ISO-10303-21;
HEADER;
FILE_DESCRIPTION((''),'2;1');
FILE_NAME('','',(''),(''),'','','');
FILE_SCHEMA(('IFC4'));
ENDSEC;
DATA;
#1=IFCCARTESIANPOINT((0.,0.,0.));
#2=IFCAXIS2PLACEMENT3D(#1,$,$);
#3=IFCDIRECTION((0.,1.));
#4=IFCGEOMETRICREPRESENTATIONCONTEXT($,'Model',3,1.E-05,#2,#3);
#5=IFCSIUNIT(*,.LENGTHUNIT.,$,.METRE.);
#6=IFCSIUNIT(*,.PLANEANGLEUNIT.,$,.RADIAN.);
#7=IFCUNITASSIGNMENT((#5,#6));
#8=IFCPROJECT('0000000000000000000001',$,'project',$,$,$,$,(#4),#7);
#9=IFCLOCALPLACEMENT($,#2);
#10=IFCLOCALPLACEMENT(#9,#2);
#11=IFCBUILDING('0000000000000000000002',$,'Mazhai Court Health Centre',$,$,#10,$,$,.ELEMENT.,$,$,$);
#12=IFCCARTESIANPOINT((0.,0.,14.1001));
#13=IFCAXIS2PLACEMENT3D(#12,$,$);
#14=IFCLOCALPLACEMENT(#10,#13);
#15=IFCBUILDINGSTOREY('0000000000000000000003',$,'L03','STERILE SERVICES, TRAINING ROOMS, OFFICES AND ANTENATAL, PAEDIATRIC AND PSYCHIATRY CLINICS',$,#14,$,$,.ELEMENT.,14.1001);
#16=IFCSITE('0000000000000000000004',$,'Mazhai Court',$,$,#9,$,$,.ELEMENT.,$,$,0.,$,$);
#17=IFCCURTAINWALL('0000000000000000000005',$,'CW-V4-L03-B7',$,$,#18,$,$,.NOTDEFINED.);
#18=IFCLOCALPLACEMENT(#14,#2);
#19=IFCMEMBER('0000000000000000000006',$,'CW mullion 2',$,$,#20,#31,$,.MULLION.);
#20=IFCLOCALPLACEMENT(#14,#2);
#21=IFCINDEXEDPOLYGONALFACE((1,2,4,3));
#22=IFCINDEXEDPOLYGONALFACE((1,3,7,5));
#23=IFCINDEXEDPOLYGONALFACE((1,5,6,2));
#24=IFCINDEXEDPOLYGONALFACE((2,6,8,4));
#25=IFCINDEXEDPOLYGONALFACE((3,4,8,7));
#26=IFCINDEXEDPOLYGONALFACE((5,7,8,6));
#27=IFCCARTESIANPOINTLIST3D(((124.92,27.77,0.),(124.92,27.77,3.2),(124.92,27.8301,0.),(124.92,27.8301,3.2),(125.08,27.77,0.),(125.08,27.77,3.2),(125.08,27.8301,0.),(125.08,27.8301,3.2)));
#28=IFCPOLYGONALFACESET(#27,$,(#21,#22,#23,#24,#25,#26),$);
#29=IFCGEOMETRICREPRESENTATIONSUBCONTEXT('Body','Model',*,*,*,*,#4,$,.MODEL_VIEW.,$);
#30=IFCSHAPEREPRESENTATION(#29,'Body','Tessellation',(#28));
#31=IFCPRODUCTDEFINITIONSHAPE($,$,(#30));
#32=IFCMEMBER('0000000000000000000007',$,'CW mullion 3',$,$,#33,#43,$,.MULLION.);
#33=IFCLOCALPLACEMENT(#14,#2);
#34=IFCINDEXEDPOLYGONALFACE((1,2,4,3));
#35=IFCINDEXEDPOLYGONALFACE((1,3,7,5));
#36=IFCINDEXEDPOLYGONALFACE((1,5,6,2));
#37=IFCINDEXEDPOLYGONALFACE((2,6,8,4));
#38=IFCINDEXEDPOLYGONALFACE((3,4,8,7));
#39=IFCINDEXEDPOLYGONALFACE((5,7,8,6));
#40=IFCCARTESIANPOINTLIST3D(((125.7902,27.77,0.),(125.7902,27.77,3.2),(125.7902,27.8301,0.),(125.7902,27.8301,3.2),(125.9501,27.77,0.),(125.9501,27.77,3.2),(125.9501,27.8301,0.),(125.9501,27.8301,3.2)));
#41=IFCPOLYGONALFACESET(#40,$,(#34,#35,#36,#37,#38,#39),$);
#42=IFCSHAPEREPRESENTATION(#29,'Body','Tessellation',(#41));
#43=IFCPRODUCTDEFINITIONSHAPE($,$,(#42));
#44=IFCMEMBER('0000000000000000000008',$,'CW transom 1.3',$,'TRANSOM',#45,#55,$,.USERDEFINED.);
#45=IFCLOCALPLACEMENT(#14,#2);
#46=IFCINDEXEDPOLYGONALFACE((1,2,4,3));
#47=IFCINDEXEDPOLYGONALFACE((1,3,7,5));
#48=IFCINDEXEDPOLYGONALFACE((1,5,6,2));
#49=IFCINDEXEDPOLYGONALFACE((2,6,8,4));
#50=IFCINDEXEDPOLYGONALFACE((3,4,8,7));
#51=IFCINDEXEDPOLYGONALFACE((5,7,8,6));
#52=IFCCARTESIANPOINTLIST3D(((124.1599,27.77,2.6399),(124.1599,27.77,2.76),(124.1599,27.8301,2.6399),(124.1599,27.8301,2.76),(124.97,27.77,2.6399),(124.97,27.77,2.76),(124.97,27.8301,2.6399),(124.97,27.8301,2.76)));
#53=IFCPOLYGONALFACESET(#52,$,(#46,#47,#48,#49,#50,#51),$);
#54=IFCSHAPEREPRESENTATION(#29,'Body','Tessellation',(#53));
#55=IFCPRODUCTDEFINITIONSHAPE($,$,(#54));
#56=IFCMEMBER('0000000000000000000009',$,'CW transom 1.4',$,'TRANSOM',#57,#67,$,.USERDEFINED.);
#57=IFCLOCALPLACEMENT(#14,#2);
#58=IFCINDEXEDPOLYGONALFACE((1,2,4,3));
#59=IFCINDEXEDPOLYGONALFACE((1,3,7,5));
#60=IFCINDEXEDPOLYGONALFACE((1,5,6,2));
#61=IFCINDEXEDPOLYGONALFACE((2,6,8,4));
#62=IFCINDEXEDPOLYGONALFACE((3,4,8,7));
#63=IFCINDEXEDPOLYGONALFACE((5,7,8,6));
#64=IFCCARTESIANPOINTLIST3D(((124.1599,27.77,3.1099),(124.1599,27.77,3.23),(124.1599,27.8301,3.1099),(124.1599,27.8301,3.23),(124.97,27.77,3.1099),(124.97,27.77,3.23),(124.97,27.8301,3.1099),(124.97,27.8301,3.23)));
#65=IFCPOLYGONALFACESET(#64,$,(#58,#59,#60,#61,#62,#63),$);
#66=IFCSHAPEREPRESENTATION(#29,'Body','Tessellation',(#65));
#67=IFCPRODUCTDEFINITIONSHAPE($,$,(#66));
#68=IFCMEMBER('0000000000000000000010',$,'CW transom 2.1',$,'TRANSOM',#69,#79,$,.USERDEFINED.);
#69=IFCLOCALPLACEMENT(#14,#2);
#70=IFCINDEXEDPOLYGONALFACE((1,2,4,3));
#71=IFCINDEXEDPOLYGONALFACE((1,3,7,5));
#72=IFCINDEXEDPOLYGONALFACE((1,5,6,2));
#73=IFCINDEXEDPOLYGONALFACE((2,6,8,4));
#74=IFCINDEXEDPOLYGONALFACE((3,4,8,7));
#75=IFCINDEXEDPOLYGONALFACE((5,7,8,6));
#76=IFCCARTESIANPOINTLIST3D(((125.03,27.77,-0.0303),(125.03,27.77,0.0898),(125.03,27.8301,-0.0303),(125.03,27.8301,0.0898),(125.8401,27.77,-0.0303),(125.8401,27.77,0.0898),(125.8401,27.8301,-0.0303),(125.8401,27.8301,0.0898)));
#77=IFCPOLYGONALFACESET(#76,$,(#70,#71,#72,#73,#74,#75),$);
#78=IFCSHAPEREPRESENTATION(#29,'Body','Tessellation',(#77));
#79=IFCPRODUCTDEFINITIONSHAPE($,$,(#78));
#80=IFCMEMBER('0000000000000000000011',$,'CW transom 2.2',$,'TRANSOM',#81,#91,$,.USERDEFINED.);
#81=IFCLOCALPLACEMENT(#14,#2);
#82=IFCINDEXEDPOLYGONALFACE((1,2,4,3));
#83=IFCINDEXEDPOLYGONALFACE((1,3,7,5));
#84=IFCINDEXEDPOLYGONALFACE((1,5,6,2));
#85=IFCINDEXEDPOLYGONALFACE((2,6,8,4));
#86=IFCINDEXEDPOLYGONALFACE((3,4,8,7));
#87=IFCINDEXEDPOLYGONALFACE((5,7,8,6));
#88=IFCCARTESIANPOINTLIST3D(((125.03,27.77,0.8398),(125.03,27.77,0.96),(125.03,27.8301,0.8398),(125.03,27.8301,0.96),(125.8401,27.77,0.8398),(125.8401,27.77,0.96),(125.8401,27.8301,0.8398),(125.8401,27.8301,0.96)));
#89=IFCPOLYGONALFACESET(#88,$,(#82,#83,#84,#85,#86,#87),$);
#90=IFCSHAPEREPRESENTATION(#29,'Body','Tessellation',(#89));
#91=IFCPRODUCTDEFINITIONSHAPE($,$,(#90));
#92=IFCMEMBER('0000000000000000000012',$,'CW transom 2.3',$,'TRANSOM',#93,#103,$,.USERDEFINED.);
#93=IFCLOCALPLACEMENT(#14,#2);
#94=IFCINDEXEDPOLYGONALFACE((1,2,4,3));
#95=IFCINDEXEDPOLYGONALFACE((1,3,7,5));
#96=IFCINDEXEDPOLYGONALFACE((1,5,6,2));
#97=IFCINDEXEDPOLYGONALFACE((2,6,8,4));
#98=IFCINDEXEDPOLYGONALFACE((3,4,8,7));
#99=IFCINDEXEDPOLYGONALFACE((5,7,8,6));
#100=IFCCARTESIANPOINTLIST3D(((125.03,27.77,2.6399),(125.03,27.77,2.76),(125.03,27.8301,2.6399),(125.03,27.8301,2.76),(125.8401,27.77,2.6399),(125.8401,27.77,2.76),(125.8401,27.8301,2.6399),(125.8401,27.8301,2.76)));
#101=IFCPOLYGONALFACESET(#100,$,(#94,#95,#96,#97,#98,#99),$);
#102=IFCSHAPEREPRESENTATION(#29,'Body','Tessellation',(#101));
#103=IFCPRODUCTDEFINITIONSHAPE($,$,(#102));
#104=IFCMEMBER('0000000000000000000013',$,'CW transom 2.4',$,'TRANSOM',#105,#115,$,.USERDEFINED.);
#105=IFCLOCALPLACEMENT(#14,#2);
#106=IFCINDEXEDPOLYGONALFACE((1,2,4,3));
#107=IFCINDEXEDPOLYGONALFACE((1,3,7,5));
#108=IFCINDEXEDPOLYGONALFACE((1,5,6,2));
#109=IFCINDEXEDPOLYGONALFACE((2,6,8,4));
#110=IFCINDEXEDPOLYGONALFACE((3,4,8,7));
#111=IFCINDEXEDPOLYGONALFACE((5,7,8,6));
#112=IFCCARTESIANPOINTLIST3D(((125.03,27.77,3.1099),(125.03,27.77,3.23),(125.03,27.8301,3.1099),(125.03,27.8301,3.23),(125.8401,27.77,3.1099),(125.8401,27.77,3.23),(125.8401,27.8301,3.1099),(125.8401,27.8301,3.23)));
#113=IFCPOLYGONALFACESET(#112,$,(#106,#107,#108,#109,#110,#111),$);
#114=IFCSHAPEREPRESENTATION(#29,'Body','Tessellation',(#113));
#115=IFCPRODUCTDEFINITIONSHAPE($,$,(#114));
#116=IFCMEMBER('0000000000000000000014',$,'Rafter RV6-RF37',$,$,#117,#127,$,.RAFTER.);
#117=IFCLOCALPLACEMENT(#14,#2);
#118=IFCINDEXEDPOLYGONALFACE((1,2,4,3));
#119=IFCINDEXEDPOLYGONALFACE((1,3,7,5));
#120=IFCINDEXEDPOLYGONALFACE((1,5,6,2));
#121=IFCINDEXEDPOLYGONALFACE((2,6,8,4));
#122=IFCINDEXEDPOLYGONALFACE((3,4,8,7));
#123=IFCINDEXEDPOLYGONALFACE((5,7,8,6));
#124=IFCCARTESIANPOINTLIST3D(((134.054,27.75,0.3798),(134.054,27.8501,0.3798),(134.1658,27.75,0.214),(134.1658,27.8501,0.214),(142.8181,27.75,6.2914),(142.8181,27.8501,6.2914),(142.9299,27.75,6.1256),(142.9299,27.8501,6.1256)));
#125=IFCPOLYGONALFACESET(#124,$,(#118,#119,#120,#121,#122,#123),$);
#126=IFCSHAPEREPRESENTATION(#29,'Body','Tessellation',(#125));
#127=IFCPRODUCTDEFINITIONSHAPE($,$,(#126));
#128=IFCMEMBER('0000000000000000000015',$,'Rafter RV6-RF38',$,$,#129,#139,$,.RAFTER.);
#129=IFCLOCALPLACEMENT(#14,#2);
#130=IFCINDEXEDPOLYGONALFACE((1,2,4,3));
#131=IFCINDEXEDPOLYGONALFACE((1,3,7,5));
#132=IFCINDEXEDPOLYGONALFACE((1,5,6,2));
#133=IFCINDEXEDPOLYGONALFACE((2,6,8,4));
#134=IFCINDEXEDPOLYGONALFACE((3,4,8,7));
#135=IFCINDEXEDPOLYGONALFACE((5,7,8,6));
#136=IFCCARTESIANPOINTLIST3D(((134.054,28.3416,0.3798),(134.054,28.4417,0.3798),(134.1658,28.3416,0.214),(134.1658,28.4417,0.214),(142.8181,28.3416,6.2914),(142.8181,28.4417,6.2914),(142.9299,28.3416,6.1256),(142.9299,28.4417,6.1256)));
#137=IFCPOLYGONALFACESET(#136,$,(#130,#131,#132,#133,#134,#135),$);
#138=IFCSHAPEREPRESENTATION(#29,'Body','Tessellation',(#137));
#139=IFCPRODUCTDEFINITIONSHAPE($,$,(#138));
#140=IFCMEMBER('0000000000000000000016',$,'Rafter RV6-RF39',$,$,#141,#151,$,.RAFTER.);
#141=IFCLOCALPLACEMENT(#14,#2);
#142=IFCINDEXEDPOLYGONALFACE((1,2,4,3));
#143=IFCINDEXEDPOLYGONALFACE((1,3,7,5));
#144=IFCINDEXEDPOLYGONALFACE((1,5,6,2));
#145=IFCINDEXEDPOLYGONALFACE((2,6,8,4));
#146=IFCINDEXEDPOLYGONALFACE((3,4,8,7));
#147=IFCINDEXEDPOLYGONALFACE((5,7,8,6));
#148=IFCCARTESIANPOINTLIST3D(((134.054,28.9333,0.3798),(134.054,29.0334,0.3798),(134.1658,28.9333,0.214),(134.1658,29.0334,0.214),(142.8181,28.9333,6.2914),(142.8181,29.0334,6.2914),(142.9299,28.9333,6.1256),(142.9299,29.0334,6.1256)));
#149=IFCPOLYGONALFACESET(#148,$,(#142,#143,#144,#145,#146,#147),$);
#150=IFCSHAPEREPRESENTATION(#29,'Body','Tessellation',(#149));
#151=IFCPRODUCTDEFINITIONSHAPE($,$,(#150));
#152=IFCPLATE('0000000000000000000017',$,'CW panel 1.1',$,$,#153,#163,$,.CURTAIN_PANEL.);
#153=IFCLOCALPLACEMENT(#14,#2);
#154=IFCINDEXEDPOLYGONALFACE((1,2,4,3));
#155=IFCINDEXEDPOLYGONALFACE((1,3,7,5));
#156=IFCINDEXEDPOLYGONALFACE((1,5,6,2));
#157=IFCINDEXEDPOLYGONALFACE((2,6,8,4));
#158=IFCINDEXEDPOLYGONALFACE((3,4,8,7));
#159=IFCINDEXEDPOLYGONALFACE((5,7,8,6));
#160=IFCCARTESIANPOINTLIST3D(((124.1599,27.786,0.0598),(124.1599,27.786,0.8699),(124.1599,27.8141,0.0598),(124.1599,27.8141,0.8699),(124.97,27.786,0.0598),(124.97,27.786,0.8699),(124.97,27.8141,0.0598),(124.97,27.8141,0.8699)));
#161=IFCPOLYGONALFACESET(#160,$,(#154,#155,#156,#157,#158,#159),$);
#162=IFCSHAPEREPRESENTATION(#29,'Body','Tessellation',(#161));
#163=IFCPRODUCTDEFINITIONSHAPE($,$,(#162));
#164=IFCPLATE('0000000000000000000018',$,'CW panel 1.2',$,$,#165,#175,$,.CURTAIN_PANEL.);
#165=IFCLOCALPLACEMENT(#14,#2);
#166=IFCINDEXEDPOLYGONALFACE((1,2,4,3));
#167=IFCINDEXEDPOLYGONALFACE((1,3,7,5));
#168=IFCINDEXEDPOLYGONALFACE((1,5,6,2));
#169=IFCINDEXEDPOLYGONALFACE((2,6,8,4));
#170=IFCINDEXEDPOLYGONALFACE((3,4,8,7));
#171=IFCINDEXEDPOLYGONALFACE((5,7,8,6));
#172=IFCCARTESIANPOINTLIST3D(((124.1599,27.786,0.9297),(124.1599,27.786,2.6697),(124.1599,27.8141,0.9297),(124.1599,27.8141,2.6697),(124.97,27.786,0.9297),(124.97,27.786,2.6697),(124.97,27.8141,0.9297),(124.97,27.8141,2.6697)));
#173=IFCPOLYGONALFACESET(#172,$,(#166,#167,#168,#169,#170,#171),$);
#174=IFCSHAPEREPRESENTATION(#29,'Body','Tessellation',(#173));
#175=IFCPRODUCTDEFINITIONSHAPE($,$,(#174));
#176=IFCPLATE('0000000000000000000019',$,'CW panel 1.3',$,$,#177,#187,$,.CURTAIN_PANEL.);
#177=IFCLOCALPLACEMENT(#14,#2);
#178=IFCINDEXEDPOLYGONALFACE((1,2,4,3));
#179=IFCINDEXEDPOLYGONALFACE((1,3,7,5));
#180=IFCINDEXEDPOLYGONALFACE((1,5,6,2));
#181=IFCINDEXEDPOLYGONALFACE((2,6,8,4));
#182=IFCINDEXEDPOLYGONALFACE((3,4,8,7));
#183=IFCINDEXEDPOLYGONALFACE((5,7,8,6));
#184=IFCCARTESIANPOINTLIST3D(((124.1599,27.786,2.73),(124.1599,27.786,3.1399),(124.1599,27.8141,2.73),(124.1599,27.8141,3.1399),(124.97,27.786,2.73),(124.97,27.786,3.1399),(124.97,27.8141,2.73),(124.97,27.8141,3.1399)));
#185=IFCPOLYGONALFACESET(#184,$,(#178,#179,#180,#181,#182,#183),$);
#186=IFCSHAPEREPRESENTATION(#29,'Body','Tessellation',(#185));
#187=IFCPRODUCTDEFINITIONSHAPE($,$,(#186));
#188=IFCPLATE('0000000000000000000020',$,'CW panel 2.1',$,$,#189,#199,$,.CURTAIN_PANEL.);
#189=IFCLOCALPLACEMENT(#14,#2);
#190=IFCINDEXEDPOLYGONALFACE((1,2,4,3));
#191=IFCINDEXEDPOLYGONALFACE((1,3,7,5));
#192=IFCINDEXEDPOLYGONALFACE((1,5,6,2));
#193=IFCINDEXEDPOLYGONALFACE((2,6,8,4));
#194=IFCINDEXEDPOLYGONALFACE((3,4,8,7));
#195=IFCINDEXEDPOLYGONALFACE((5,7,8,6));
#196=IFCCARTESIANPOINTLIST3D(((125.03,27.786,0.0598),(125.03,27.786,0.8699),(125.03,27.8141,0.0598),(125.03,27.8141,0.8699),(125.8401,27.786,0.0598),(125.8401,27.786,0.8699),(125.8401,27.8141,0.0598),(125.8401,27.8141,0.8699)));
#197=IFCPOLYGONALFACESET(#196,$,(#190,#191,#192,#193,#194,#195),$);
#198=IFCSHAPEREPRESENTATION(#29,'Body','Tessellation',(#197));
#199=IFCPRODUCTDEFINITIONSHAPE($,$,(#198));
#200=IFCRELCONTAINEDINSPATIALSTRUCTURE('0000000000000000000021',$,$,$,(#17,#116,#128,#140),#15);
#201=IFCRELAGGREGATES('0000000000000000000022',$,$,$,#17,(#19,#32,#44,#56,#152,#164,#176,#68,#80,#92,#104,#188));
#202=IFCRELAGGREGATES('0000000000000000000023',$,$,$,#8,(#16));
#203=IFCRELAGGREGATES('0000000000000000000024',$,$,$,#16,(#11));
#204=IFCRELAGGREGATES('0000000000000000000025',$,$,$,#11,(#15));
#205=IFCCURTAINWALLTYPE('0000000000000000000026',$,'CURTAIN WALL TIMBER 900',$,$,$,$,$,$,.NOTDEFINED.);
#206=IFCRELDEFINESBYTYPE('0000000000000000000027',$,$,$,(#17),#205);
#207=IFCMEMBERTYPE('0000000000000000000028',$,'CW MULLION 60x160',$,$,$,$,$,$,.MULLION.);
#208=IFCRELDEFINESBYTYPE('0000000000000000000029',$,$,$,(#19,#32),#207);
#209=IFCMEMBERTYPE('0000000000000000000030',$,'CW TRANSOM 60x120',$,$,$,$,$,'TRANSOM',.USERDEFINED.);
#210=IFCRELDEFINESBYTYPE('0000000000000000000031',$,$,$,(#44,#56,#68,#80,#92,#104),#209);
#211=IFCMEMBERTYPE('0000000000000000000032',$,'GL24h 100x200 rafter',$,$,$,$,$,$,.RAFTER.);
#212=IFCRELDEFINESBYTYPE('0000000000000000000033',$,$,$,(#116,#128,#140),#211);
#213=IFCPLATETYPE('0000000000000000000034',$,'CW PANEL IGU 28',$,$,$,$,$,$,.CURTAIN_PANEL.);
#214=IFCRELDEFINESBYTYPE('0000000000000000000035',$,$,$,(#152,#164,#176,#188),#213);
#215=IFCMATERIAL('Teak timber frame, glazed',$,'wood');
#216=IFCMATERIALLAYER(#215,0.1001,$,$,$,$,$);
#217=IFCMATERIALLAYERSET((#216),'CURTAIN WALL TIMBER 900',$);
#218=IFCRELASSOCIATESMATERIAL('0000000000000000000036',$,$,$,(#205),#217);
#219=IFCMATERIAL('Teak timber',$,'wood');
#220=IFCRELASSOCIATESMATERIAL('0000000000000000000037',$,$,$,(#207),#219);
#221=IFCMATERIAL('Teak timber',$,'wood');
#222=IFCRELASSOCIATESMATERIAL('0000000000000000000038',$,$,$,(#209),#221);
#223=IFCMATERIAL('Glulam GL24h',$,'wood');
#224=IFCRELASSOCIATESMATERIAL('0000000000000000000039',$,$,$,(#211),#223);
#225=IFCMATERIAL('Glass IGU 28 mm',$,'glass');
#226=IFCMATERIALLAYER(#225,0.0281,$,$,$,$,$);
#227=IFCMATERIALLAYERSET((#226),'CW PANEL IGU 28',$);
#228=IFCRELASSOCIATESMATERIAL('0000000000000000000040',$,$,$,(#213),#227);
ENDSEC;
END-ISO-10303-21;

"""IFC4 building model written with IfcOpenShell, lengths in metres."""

from ifc_helpers import new_model, si_unit, direction, frame, origin, origin_2d, place, context, subcontext, project, spatial, rectangle, extrude, material, layer, layer_set, material_profile, profile_set, type_object, element, aggregate, save


model = new_model("IFC4")

# Units and contexts
model_context = context("Model", 3, precision=1e-05, world=origin(), true_north=direction((0.0, 1.0)))
body_context = subcontext(model_context, "Body", "Model", "MODEL_VIEW")
ifc_project = project(units=[si_unit("LENGTHUNIT", "METRE"), si_unit("PLANEANGLEUNIT", "RADIAN")], contexts=[model_context])

# Site, building, storey
site_placement = place(None, origin())
site = spatial("IfcSite", under=ifc_project, at=site_placement, Name="Mazhai Court", CompositionType="ELEMENT", RefElevation=0.0)
building_placement = place(site_placement, origin())
building = spatial("IfcBuilding", under=site, at=building_placement, Name="Mazhai Court Health Centre", CompositionType="ELEMENT")
storey_placement = place(building_placement, frame((0.0, 0.0, 14.1001)))
storey = spatial("IfcBuildingStorey", under=building, at=storey_placement, Name="L03", Description="STERILE SERVICES, TRAINING ROOMS, OFFICES AND ANTENATAL, PAEDIATRIC AND PSYCHIATRY CLINICS", CompositionType="ELEMENT", Elevation=14.1001)

# Curtain wall, members
ifc_material_1 = material(Name="Teak timber frame, glazed", Category="wood")
ifc_layer_1 = layer(ifc_material_1, 0.1001)
ifc_layer_set_1 = layer_set([ifc_layer_1], Name="CURTAIN WALL TIMBER 900")
curtain_wall_type = type_object("IfcCurtainWallType", Name="CURTAIN WALL TIMBER 900", PredefinedType="NOTDEFINED", material=ifc_layer_set_1)
curtain_wall_placement = place(storey_placement, origin())
curtain_wall = element("IfcCurtainWall", 1, at=curtain_wall_placement, inside=storey, type_object=curtain_wall_type, Name="CW-V4-L03-B7", PredefinedType="NOTDEFINED")
ifc_material_2 = material(Name="Teak timber", Category="wood")
ifc_material_profile_1 = material_profile(ifc_material_2, rectangle(XDim=0.0601, YDim=0.1599, at=origin_2d()), Name="CW MULLION 60x160")
ifc_profile_set_1 = profile_set([ifc_material_profile_1], Name="Teak timber")
member_type_1 = type_object("IfcMemberType", Name="CW MULLION 60x160", PredefinedType="MULLION", material=ifc_profile_set_1)
member_1_placement = place(storey_placement, frame((125.0, 27.8, 0.0), z_axis=(0.0, 0.0, 1.0), x_axis=(0.0, 1.0, 0.0)))
member_1 = element("IfcMember", 2, at=member_1_placement, type_object=member_type_1, Name="CW mullion 2", PredefinedType="MULLION", context=body_context, shape_type="SweptSolid", body=[
    extrude(rectangle(XDim=0.0601, YDim=0.1599, at=origin_2d()), origin(), (0.0, 0.0, 1.0), 3.2),
])
member_2_placement = place(storey_placement, frame((125.8701, 27.8, 0.0), z_axis=(0.0, 0.0, 1.0), x_axis=(0.0, 1.0, 0.0)))
member_2 = element("IfcMember", 3, at=member_2_placement, type_object=member_type_1, Name="CW mullion 3", PredefinedType="MULLION", context=body_context, shape_type="SweptSolid", body=[
    extrude(rectangle(XDim=0.0601, YDim=0.1599, at=origin_2d()), origin(), (0.0, 0.0, 1.0), 3.2),
])
ifc_material_3 = material(Name="Teak timber", Category="wood")
ifc_material_profile_2 = material_profile(ifc_material_3, rectangle(XDim=0.0601, YDim=0.1201, at=origin_2d()), Name="CW TRANSOM 60x120")
ifc_profile_set_2 = profile_set([ifc_material_profile_2], Name="Teak timber")
member_type_2 = type_object("IfcMemberType", Name="CW TRANSOM 60x120", ElementType="TRANSOM", PredefinedType="USERDEFINED", material=ifc_profile_set_2)
member_3_placement = place(storey_placement, frame((124.1599, 27.8, 2.7), z_axis=(1.0, 0.0, 0.0), x_axis=(0.0, 1.0, 0.0)))
member_3 = element("IfcMember", 4, at=member_3_placement, type_object=member_type_2, Name="CW transom 1.3", ObjectType="TRANSOM", PredefinedType="USERDEFINED", context=body_context, shape_type="SweptSolid", body=[
    extrude(rectangle(XDim=0.0601, YDim=0.1201, at=origin_2d()), origin(), (0.0, 0.0, 1.0), 0.8101),
])
member_4_placement = place(storey_placement, frame((124.1599, 27.8, 3.1699), z_axis=(1.0, 0.0, 0.0), x_axis=(0.0, 1.0, 0.0)))
member_4 = element("IfcMember", 5, at=member_4_placement, type_object=member_type_2, Name="CW transom 1.4", ObjectType="TRANSOM", PredefinedType="USERDEFINED", context=body_context, shape_type="SweptSolid", body=[
    extrude(rectangle(XDim=0.0601, YDim=0.1201, at=origin_2d()), origin(), (0.0, 0.0, 1.0), 0.8101),
])
member_5_placement = place(storey_placement, frame((125.03, 27.8, 0.0298), z_axis=(1.0, 0.0, 0.0), x_axis=(0.0, 1.0, 0.0)))
member_5 = element("IfcMember", 6, at=member_5_placement, type_object=member_type_2, Name="CW transom 2.1", ObjectType="TRANSOM", PredefinedType="USERDEFINED", context=body_context, shape_type="SweptSolid", body=[
    extrude(rectangle(XDim=0.0601, YDim=0.1201, at=origin_2d()), origin(), (0.0, 0.0, 1.0), 0.8101),
])
member_6_placement = place(storey_placement, frame((125.03, 27.8, 0.8999), z_axis=(1.0, 0.0, 0.0), x_axis=(0.0, 1.0, 0.0)))
member_6 = element("IfcMember", 7, at=member_6_placement, type_object=member_type_2, Name="CW transom 2.2", ObjectType="TRANSOM", PredefinedType="USERDEFINED", context=body_context, shape_type="SweptSolid", body=[
    extrude(rectangle(XDim=0.0601, YDim=0.1201, at=origin_2d()), origin(), (0.0, 0.0, 1.0), 0.8101),
])
member_7_placement = place(storey_placement, frame((125.03, 27.8, 2.7), z_axis=(1.0, 0.0, 0.0), x_axis=(0.0, 1.0, 0.0)))
member_7 = element("IfcMember", 8, at=member_7_placement, type_object=member_type_2, Name="CW transom 2.3", ObjectType="TRANSOM", PredefinedType="USERDEFINED", context=body_context, shape_type="SweptSolid", body=[
    extrude(rectangle(XDim=0.0601, YDim=0.1201, at=origin_2d()), origin(), (0.0, 0.0, 1.0), 0.8101),
])
member_8_placement = place(storey_placement, frame((125.03, 27.8, 3.1699), z_axis=(1.0, 0.0, 0.0), x_axis=(0.0, 1.0, 0.0)))
member_8 = element("IfcMember", 9, at=member_8_placement, type_object=member_type_2, Name="CW transom 2.4", ObjectType="TRANSOM", PredefinedType="USERDEFINED", context=body_context, shape_type="SweptSolid", body=[
    extrude(rectangle(XDim=0.0601, YDim=0.1201, at=origin_2d()), origin(), (0.0, 0.0, 1.0), 0.8101),
])

# Members
ifc_material_4 = material(Name="Glulam GL24h", Category="wood")
ifc_material_profile_3 = material_profile(ifc_material_4, rectangle(XDim=0.1001, YDim=0.2, at=origin_2d()), Name="GL24h 100x200")
ifc_profile_set_3 = profile_set([ifc_material_profile_3], Name="Glulam GL24h")
member_type_3 = type_object("IfcMemberType", Name="GL24h 100x200 rafter", PredefinedType="RAFTER", material=ifc_profile_set_3)
for number, where, z_axis, x_axis, name in (
    (10, (134.1099, 27.8, 0.2969), (0.829032, 0.0, 0.559201), (0.0, 1.0, 0.0), "Rafter RV6-RF37"),
    (11, (134.1099, 28.3916, 0.2969), (0.829032, 0.0, 0.559201), (0.0, 1.0, 0.0), "Rafter RV6-RF38"),
    (12, (134.1099, 28.9834, 0.2969), (0.829032, 0.0, 0.559201), (0.0, 1.0, 0.0), "Rafter RV6-RF39"),
):
    element("IfcMember", number, at=place(storey_placement, frame(where, z_axis=z_axis, x_axis=x_axis)), inside=storey, type_object=member_type_3, Name=name, PredefinedType="RAFTER", context=body_context, shape_type="SweptSolid", body=[
        extrude(rectangle(XDim=0.1001, YDim=0.2, at=origin_2d()), origin(), (0.0, 0.0, 1.0), 10.5715),
    ])

# Plates
ifc_material_5 = material(Name="Glass IGU 28 mm", Category="glass")
ifc_layer_2 = layer(ifc_material_5, 0.0281)
ifc_layer_set_2 = layer_set([ifc_layer_2], Name="CW PANEL IGU 28")
plate_type = type_object("IfcPlateType", Name="CW PANEL IGU 28", PredefinedType="CURTAIN_PANEL", material=ifc_layer_set_2)
plate_1_placement = place(storey_placement, frame((124.5649, 27.8, 0.0598), z_axis=(0.0, 0.0, 1.0), x_axis=(1.0, 0.0, 0.0)))
plate_1 = element("IfcPlate", 13, at=plate_1_placement, type_object=plate_type, Name="CW panel 1.1", PredefinedType="CURTAIN_PANEL", context=body_context, shape_type="SweptSolid", body=[
    extrude(rectangle(XDim=0.8101, YDim=0.0281, at=origin_2d()), origin(), (0.0, 0.0, 1.0), 0.8101),
])
plate_2_placement = place(storey_placement, frame((124.5649, 27.8, 0.9297), z_axis=(0.0, 0.0, 1.0), x_axis=(1.0, 0.0, 0.0)))
plate_2 = element("IfcPlate", 14, at=plate_2_placement, type_object=plate_type, Name="CW panel 1.2", PredefinedType="CURTAIN_PANEL", context=body_context, shape_type="SweptSolid", body=[
    extrude(rectangle(XDim=0.8101, YDim=0.0281, at=origin_2d()), origin(), (0.0, 0.0, 1.0), 1.74),
])
plate_3_placement = place(storey_placement, frame((124.5649, 27.8, 2.73), z_axis=(0.0, 0.0, 1.0), x_axis=(1.0, 0.0, 0.0)))
plate_3 = element("IfcPlate", 15, at=plate_3_placement, type_object=plate_type, Name="CW panel 1.3", PredefinedType="CURTAIN_PANEL", context=body_context, shape_type="SweptSolid", body=[
    extrude(rectangle(XDim=0.8101, YDim=0.0281, at=origin_2d()), origin(), (0.0, 0.0, 1.0), 0.4099),
])
plate_4_placement = place(storey_placement, frame((125.4351, 27.8, 0.0598), z_axis=(0.0, 0.0, 1.0), x_axis=(1.0, 0.0, 0.0)))
plate_4 = element("IfcPlate", 16, at=plate_4_placement, type_object=plate_type, Name="CW panel 2.1", PredefinedType="CURTAIN_PANEL", context=body_context, shape_type="SweptSolid", body=[
    extrude(rectangle(XDim=0.8101, YDim=0.0281, at=origin_2d()), origin(), (0.0, 0.0, 1.0), 0.8101),
])
aggregate(curtain_wall, [member_1, member_2, member_3, member_4, plate_1, plate_2, plate_3, member_5, member_6, member_7, member_8, plate_4])

save(model, "model.ifc")
